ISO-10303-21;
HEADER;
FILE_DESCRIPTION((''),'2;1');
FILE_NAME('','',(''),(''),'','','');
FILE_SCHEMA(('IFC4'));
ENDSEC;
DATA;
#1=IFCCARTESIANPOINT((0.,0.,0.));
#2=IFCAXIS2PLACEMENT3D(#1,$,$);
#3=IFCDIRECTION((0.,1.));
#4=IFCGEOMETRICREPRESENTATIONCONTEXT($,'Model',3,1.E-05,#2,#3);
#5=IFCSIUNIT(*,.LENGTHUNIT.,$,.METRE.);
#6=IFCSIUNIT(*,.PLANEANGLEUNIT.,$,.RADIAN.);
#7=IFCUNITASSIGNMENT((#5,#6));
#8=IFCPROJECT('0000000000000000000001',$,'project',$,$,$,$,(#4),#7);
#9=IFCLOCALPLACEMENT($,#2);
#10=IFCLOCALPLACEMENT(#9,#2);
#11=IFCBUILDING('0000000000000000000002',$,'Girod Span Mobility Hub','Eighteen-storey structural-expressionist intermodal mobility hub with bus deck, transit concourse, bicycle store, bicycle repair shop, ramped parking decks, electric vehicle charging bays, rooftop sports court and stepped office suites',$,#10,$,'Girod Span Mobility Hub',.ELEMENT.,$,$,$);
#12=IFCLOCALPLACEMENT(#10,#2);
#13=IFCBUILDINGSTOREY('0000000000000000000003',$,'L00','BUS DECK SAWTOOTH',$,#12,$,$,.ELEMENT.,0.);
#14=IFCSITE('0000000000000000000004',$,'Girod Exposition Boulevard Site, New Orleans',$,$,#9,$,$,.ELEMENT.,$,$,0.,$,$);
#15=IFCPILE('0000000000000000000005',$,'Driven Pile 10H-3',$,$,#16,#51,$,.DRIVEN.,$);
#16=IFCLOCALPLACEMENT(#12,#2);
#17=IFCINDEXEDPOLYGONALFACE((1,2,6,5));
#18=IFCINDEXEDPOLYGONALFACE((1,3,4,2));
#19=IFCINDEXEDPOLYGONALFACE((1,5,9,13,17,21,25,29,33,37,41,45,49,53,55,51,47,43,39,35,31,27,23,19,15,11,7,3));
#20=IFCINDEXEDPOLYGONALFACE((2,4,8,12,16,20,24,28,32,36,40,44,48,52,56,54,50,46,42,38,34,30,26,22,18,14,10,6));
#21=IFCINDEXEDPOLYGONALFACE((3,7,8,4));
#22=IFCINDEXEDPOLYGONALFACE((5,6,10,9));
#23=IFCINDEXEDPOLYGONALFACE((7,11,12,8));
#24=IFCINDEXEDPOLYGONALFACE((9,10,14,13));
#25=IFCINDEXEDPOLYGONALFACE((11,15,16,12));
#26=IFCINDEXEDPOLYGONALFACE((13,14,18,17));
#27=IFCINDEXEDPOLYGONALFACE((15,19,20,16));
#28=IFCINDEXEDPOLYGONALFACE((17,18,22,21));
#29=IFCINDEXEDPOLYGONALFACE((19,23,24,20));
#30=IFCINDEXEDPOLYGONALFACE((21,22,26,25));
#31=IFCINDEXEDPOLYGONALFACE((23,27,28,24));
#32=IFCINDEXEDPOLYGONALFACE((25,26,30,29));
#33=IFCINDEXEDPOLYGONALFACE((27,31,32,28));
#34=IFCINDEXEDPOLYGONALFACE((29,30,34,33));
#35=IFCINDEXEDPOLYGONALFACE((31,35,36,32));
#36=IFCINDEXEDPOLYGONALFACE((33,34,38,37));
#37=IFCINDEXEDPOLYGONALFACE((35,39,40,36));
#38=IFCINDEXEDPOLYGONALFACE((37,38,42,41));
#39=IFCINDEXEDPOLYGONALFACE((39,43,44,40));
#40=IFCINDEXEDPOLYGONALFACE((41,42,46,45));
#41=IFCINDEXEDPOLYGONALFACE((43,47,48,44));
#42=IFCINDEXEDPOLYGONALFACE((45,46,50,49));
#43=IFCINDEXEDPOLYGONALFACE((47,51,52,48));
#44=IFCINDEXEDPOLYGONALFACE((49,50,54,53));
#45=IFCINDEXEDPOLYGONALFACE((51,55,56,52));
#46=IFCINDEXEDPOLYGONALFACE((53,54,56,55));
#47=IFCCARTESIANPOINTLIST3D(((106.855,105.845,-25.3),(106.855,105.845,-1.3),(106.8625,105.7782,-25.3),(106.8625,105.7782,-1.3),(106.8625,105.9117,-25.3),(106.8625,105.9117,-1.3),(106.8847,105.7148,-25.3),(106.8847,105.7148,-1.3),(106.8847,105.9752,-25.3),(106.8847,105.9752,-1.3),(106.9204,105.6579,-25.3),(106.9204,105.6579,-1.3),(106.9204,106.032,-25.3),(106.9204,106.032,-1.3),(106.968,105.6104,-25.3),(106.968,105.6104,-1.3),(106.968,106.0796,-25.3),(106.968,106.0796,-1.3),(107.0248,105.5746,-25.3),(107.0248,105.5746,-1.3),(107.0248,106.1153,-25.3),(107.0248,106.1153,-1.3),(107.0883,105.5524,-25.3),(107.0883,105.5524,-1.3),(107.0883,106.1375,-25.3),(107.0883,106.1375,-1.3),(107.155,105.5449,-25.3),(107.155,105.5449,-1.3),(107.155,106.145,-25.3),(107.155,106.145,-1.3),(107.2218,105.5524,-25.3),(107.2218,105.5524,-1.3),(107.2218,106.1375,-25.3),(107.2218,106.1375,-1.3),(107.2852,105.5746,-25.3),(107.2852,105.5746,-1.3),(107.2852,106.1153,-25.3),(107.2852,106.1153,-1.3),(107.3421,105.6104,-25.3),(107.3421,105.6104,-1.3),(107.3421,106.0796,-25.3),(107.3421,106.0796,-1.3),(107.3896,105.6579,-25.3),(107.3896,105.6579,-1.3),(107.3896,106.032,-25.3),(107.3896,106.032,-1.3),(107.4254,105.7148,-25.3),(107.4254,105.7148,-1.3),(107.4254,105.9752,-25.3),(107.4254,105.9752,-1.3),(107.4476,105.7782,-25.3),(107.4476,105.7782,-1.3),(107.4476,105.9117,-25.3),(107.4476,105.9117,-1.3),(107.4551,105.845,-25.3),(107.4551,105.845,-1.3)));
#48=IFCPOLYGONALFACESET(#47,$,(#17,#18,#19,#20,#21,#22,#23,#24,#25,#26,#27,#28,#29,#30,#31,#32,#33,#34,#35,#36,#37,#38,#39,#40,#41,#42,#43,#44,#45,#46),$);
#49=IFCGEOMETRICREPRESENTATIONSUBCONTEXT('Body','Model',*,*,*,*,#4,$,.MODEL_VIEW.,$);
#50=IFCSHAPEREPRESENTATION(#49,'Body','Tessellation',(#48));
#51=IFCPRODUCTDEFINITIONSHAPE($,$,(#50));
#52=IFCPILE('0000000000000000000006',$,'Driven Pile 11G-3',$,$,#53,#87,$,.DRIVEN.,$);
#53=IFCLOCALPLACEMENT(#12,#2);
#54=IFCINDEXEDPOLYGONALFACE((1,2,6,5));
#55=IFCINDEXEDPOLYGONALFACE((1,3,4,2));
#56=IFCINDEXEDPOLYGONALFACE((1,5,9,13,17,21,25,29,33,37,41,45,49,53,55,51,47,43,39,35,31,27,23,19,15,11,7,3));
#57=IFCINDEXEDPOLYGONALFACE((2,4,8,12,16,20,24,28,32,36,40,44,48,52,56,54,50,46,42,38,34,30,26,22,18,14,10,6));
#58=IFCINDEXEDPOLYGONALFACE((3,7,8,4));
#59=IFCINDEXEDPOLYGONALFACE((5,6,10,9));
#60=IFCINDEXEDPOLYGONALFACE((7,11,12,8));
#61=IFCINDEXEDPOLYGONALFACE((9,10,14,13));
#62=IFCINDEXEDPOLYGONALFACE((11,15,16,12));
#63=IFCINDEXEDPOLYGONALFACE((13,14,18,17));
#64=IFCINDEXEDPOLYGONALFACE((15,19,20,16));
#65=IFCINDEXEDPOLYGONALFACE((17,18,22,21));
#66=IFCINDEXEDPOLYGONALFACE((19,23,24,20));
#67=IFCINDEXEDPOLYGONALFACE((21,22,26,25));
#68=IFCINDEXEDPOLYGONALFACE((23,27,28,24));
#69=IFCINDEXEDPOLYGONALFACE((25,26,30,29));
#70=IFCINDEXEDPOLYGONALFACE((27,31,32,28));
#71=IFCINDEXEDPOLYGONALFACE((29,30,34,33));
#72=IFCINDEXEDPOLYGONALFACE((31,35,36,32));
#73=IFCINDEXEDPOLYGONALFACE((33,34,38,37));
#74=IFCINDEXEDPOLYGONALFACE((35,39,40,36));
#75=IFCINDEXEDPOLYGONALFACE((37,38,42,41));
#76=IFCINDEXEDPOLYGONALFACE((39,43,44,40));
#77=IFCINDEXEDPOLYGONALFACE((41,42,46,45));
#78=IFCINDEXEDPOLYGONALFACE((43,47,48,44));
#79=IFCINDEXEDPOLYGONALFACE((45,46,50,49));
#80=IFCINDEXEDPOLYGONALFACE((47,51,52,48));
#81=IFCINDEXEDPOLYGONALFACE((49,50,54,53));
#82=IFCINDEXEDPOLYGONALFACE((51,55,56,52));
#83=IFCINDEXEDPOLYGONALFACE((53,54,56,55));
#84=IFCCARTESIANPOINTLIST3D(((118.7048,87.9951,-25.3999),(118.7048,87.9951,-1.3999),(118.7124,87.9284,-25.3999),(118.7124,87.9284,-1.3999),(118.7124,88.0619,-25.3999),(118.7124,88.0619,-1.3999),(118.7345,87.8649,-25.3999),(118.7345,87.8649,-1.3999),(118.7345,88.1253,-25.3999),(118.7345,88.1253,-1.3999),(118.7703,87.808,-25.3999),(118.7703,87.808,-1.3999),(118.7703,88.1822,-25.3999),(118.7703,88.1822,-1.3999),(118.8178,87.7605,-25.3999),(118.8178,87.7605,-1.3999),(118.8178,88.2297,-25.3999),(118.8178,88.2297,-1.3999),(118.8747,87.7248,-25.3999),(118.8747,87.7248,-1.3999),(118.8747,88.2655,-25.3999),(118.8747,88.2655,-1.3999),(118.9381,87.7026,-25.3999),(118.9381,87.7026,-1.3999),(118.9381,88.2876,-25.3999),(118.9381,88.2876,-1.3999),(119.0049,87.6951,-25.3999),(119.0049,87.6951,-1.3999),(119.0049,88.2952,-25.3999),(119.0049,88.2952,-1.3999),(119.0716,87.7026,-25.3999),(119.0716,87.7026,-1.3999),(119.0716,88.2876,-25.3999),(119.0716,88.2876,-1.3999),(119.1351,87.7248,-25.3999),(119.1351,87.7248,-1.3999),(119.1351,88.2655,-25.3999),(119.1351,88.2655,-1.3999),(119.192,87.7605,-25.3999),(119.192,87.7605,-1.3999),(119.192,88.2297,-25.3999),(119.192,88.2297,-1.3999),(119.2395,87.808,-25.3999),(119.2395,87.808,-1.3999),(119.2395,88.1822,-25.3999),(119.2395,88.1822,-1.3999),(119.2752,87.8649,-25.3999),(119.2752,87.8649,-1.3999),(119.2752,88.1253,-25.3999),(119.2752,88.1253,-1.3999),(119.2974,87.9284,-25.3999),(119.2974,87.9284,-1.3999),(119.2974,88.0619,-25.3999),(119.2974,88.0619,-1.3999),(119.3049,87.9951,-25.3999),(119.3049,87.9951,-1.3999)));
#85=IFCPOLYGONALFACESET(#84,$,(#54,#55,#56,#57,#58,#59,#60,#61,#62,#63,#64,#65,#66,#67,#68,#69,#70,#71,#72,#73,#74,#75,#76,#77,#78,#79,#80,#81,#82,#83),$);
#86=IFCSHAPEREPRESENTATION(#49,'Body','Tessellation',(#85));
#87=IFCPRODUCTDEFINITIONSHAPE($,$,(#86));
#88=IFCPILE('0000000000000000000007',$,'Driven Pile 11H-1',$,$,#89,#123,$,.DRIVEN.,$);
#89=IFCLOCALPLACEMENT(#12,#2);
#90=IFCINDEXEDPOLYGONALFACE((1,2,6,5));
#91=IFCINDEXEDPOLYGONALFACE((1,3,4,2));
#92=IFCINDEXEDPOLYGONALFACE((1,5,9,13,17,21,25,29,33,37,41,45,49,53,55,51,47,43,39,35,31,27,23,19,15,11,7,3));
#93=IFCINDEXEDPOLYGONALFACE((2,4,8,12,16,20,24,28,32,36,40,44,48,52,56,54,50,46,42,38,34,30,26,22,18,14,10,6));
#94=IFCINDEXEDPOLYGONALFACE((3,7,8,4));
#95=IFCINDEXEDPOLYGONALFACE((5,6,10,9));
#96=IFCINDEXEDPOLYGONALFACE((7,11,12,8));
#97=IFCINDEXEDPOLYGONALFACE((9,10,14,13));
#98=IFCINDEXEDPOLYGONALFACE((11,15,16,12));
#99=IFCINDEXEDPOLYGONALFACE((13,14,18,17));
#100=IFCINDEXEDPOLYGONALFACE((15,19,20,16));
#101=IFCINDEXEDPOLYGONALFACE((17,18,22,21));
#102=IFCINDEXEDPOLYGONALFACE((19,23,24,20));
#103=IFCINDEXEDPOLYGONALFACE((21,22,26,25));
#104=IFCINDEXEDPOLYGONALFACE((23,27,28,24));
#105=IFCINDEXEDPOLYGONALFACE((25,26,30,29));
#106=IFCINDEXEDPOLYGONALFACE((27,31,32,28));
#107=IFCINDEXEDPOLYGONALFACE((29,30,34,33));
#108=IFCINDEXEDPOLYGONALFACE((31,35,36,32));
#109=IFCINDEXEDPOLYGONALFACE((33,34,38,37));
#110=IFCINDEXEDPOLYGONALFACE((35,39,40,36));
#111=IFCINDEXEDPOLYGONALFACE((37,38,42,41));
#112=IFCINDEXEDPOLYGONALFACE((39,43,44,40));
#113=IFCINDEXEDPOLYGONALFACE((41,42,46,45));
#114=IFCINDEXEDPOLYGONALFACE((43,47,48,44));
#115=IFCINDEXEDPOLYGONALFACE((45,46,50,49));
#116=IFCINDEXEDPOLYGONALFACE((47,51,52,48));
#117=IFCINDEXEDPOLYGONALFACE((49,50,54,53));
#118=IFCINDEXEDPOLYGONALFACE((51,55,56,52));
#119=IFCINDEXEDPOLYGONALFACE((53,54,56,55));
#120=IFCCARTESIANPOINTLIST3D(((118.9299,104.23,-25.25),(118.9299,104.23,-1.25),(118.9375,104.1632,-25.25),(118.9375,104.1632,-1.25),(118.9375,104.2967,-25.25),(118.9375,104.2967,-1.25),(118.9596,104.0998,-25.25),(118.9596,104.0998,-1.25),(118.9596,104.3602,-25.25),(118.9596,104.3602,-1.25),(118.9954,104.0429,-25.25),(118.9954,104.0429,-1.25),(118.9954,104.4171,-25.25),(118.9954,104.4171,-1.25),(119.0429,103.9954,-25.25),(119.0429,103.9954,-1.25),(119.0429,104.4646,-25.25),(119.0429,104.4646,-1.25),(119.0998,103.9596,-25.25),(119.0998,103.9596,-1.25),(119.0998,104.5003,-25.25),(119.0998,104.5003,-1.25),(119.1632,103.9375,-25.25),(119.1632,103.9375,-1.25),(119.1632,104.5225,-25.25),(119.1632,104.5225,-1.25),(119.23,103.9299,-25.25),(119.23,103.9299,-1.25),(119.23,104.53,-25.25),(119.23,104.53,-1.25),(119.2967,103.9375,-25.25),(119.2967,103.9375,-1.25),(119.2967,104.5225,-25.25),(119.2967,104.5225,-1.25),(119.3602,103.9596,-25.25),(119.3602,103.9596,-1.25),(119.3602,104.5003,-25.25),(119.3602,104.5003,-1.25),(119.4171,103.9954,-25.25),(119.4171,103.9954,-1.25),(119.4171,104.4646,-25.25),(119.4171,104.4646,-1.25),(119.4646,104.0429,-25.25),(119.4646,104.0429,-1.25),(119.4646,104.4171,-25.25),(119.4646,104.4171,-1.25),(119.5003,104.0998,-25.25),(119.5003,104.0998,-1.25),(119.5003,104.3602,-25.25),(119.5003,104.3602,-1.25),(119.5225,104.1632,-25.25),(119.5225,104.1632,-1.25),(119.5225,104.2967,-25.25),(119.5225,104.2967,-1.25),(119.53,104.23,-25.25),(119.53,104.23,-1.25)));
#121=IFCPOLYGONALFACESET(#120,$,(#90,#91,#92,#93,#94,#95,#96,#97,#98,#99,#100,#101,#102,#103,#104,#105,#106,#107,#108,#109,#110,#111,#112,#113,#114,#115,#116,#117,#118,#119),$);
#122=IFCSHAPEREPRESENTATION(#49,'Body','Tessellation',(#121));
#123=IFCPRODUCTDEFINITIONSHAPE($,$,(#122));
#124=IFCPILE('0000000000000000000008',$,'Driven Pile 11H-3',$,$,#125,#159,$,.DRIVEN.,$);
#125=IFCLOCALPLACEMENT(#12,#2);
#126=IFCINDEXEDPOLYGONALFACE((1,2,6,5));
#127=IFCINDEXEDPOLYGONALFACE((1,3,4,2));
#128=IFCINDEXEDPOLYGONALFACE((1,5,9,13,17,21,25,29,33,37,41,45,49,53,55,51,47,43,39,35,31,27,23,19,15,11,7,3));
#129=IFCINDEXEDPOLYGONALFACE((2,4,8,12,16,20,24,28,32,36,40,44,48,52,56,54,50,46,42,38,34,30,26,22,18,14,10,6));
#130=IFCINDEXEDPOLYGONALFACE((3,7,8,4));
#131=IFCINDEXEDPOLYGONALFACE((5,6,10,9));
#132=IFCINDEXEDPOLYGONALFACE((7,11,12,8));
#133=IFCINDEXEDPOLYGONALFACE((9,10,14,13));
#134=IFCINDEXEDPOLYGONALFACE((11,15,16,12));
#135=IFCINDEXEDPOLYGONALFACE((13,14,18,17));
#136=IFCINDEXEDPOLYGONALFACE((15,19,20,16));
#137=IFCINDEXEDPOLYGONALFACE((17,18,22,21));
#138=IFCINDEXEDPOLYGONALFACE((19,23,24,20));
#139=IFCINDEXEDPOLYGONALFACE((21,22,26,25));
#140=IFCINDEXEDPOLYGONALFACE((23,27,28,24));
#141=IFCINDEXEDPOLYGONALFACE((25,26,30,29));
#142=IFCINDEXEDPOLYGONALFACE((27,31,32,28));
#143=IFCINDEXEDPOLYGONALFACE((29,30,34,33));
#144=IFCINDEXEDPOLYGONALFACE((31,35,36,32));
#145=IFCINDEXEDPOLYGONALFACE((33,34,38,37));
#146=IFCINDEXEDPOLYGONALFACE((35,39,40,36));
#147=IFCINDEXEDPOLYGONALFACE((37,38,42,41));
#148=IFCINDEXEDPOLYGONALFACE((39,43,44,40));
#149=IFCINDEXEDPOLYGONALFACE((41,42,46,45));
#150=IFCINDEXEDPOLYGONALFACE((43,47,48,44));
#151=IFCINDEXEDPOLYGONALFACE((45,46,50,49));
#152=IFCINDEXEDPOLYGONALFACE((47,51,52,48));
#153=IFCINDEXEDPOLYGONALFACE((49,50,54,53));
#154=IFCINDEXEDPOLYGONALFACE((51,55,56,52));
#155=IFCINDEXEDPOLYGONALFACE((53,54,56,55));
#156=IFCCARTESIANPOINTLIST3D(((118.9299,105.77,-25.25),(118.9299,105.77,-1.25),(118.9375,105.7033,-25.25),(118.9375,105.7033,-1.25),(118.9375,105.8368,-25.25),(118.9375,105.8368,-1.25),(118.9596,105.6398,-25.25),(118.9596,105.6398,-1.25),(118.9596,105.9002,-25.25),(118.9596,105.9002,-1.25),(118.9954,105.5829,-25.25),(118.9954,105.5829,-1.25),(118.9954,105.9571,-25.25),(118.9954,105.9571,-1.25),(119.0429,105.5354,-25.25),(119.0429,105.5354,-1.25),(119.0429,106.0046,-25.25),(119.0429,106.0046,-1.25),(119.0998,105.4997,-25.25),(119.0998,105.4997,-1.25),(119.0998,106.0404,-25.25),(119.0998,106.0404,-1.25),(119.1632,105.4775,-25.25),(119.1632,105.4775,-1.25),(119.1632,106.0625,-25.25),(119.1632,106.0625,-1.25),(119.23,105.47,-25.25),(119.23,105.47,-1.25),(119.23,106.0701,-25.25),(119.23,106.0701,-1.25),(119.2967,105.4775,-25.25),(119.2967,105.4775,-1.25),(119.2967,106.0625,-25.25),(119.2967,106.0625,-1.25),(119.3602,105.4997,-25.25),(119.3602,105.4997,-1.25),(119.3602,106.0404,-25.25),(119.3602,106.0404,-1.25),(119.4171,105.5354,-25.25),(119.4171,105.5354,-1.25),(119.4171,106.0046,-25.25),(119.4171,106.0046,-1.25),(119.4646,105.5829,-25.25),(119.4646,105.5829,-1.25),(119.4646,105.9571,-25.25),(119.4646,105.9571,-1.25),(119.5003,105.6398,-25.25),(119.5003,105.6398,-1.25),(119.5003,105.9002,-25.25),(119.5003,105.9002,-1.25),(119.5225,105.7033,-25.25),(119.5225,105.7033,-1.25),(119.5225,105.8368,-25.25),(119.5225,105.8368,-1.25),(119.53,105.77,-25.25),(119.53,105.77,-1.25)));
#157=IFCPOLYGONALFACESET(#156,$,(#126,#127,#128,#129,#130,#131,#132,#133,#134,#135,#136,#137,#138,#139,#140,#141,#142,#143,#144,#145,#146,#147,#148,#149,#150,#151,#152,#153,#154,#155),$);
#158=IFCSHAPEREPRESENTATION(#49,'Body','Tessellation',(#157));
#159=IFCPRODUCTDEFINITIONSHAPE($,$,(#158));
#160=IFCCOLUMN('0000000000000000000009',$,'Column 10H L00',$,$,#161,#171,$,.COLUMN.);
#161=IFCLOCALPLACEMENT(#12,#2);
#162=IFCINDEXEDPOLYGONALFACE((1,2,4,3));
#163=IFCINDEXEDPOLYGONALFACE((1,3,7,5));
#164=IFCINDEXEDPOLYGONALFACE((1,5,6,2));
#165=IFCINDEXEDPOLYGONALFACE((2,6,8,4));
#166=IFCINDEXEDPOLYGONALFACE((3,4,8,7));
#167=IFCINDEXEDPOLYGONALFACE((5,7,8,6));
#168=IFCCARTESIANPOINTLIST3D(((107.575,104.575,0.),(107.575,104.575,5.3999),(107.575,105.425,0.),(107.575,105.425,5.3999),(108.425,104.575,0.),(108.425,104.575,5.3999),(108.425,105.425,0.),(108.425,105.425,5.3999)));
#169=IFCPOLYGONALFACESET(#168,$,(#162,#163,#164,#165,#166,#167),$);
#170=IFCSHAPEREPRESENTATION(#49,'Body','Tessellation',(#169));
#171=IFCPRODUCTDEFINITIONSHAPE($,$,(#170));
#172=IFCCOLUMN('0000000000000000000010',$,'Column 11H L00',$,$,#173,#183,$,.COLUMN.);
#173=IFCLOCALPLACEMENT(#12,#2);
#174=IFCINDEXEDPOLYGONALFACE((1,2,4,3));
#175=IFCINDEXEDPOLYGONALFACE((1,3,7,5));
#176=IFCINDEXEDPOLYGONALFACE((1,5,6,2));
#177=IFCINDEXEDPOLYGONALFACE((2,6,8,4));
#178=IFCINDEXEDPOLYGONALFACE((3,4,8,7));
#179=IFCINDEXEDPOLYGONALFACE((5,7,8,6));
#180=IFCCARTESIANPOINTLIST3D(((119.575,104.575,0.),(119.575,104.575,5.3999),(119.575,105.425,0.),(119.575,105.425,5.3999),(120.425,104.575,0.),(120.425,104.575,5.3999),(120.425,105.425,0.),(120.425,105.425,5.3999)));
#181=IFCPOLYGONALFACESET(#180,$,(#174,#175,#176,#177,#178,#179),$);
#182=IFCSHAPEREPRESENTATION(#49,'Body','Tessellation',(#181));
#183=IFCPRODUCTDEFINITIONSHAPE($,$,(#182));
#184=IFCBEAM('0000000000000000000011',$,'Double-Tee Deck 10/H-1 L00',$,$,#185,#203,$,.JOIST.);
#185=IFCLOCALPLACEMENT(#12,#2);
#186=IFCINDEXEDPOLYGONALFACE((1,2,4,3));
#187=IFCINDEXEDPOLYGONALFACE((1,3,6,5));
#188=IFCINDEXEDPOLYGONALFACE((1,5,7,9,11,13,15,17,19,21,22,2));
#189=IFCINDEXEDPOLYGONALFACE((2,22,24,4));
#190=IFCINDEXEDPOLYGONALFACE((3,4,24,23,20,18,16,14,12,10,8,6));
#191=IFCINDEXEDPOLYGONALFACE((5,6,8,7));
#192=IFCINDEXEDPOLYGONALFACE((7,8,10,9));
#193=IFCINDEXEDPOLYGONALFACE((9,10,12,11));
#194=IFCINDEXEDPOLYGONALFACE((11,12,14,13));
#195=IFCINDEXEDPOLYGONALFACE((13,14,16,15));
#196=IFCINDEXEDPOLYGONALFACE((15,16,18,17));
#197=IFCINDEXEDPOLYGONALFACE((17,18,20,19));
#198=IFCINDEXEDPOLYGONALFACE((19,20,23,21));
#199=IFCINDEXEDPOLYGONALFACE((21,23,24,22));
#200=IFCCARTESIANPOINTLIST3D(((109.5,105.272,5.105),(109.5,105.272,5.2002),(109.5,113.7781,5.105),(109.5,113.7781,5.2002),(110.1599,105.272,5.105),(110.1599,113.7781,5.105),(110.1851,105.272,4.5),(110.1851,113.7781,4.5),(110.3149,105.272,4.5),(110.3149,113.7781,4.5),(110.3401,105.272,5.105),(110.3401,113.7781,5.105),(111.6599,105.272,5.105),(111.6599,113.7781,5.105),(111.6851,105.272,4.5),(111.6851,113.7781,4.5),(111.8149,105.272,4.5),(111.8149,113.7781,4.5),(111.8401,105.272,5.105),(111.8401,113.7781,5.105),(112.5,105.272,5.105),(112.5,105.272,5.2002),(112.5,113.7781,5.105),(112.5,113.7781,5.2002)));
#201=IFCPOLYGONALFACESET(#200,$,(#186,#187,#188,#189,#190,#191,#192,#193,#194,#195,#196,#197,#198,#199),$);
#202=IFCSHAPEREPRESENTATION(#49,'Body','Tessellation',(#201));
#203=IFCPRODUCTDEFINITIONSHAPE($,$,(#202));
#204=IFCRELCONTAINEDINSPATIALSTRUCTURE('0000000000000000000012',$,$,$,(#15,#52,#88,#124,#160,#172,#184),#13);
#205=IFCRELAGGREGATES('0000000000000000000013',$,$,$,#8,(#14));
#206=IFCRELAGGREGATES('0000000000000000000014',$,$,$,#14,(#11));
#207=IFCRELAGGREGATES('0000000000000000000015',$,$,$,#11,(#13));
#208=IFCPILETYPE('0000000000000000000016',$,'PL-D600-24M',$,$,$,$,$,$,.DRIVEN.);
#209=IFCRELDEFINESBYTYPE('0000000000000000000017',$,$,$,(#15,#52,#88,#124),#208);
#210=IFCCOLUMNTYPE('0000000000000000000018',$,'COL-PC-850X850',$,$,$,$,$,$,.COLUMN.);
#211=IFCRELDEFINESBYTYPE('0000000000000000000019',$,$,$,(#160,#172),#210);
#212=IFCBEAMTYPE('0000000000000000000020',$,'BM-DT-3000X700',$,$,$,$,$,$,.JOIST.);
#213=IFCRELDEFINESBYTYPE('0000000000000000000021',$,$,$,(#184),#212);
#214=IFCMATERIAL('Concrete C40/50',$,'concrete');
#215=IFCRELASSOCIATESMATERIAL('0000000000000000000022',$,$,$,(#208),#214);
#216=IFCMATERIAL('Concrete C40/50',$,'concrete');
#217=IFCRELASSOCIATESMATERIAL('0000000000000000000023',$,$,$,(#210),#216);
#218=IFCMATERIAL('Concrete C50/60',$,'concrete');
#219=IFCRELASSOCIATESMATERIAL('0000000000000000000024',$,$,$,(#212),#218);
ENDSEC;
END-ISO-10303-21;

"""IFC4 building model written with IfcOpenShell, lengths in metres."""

from ifc_helpers import new_model, si_unit, direction, frame, origin, origin_2d, place, context, subcontext, project, spatial, polyline, rectangle, circle, outline, extrude, material, material_profile, profile_set, type_object, element, save


model = new_model("IFC4")

# Units and contexts
model_context = context("Model", 3, precision=1e-05, world=origin(), true_north=direction((0.0, 1.0)))
body_context = subcontext(model_context, "Body", "Model", "MODEL_VIEW")
ifc_project = project(units=[si_unit("LENGTHUNIT", "METRE"), si_unit("PLANEANGLEUNIT", "RADIAN")], contexts=[model_context])

# Site, building, storey
site_placement = place(None, origin())
site = spatial("IfcSite", under=ifc_project, at=site_placement, Name="Girod Exposition Boulevard Site, New Orleans", CompositionType="ELEMENT", RefElevation=0.0)
building_placement = place(site_placement, origin())
building = spatial("IfcBuilding", under=site, at=building_placement, Name="Girod Span Mobility Hub", Description="Eighteen-storey structural-expressionist intermodal mobility hub with bus deck, transit concourse, bicycle store, bicycle repair shop, ramped parking decks, electric vehicle charging bays, rooftop sports court and stepped office suites", LongName="Girod Span Mobility Hub", CompositionType="ELEMENT")
storey_placement = place(building_placement, origin())
storey = spatial("IfcBuildingStorey", under=building, at=storey_placement, Name="L00", Description="BUS DECK SAWTOOTH", CompositionType="ELEMENT", Elevation=0.0)

# Piles
ifc_material_1 = material(Name="Concrete C40/50", Category="concrete")
ifc_material_profile_1 = material_profile(ifc_material_1, circle(Radius=0.3, at=origin_2d()), Name="PILE-D600")
ifc_profile_set_1 = profile_set([ifc_material_profile_1], Name="Concrete C40/50")
pile_type = type_object("IfcPileType", Name="PL-D600-24M", PredefinedType="DRIVEN", material=ifc_profile_set_1)
for number, where, z_axis, x_axis, name in (
    (1, (107.155, 105.845, -1.3), (0.0, 0.0, -1.0), (1.0, 0.0, 0.0), "Driven Pile 10H-3"),
    (2, (119.0049, 87.9951, -1.3999), (0.0, 0.0, -1.0), (1.0, 0.0, 0.0), "Driven Pile 11G-3"),
    (3, (119.23, 104.23, -1.25), (0.0, 0.0, -1.0), (1.0, 0.0, 0.0), "Driven Pile 11H-1"),
    (4, (119.23, 105.77, -1.25), (0.0, 0.0, -1.0), (1.0, 0.0, 0.0), "Driven Pile 11H-3"),
):
    element("IfcPile", number, at=place(storey_placement, frame(where, z_axis=z_axis, x_axis=x_axis)), inside=storey, type_object=pile_type, Name=name, PredefinedType="DRIVEN", context=body_context, shape_type="SweptSolid", body=[
        extrude(circle(Radius=0.3, at=origin_2d()), origin(), (0.0, 0.0, 1.0), 24.0),
    ])

# Columns
ifc_material_2 = material(Name="Concrete C40/50", Category="concrete")
ifc_material_profile_2 = material_profile(ifc_material_2, rectangle(XDim=0.8501, YDim=0.8501, at=origin_2d()), Name="PC-COL-850X850")
ifc_profile_set_2 = profile_set([ifc_material_profile_2], Name="Concrete C40/50")
column_type = type_object("IfcColumnType", Name="COL-PC-850X850", PredefinedType="COLUMN", material=ifc_profile_set_2)
for number, where, z_axis, x_axis, name in (
    (5, (108.0, 105.0, 0.0), (0.0, 0.0, 1.0), (1.0, 0.0, 0.0), "Column 10H L00"),
    (6, (120.0, 105.0, 0.0), (0.0, 0.0, 1.0), (1.0, 0.0, 0.0), "Column 11H L00"),
):
    element("IfcColumn", number, at=place(storey_placement, frame(where, z_axis=z_axis, x_axis=x_axis)), inside=storey, type_object=column_type, Name=name, PredefinedType="COLUMN", context=body_context, shape_type="SweptSolid", body=[
        extrude(rectangle(XDim=0.8501, YDim=0.8501, at=origin_2d()), origin(), (0.0, 0.0, 1.0), 5.3999),
    ])

# Beam
ifc_material_3 = material(Name="Concrete C50/60", Category="concrete")
ifc_material_profile_3 = material_profile(ifc_material_3, outline(polyline([(-1.5, 0.3501), (-1.5, 0.2549), (-0.8401, 0.2549), (-0.8149, -0.3501), (-0.6851, -0.3501), (-0.6599, 0.2549), (0.6599, 0.2549), (0.6851, -0.3501), (0.8149, -0.3501), (0.8401, 0.2549), (1.5, 0.2549), (1.5, 0.3501), (-1.5, 0.3501)])), Name="DT-3000X700")
ifc_profile_set_3 = profile_set([ifc_material_profile_3], Name="Concrete C50/60")
beam_type_1 = type_object("IfcBeamType", Name="BM-DT-3000X700", PredefinedType="JOIST", material=ifc_profile_set_3)
for number, where, z_axis, x_axis, name in (
    (7, (111.0, 105.272, 4.8501), (0.0, 1.0, 0.0), (-1.0, 0.0, 0.0), "Double-Tee Deck 10/H-1 L00"),
):
    element("IfcBeam", number, at=place(storey_placement, frame(where, z_axis=z_axis, x_axis=x_axis)), inside=storey, type_object=beam_type_1, Name=name, PredefinedType="JOIST", context=body_context, shape_type="SweptSolid", body=[
        extrude(outline(polyline([(-1.5, 0.3501), (-1.5, 0.2549), (-0.8401, 0.2549), (-0.8149, -0.3501), (-0.6851, -0.3501), (-0.6599, 0.2549), (0.6599, 0.2549), (0.6851, -0.3501), (0.8149, -0.3501), (0.8401, 0.2549), (1.5, 0.2549), (1.5, 0.3501), (-1.5, 0.3501)])), origin(), (0.0, 0.0, 1.0), 8.5061),
    ])

save(model, "model.ifc")
